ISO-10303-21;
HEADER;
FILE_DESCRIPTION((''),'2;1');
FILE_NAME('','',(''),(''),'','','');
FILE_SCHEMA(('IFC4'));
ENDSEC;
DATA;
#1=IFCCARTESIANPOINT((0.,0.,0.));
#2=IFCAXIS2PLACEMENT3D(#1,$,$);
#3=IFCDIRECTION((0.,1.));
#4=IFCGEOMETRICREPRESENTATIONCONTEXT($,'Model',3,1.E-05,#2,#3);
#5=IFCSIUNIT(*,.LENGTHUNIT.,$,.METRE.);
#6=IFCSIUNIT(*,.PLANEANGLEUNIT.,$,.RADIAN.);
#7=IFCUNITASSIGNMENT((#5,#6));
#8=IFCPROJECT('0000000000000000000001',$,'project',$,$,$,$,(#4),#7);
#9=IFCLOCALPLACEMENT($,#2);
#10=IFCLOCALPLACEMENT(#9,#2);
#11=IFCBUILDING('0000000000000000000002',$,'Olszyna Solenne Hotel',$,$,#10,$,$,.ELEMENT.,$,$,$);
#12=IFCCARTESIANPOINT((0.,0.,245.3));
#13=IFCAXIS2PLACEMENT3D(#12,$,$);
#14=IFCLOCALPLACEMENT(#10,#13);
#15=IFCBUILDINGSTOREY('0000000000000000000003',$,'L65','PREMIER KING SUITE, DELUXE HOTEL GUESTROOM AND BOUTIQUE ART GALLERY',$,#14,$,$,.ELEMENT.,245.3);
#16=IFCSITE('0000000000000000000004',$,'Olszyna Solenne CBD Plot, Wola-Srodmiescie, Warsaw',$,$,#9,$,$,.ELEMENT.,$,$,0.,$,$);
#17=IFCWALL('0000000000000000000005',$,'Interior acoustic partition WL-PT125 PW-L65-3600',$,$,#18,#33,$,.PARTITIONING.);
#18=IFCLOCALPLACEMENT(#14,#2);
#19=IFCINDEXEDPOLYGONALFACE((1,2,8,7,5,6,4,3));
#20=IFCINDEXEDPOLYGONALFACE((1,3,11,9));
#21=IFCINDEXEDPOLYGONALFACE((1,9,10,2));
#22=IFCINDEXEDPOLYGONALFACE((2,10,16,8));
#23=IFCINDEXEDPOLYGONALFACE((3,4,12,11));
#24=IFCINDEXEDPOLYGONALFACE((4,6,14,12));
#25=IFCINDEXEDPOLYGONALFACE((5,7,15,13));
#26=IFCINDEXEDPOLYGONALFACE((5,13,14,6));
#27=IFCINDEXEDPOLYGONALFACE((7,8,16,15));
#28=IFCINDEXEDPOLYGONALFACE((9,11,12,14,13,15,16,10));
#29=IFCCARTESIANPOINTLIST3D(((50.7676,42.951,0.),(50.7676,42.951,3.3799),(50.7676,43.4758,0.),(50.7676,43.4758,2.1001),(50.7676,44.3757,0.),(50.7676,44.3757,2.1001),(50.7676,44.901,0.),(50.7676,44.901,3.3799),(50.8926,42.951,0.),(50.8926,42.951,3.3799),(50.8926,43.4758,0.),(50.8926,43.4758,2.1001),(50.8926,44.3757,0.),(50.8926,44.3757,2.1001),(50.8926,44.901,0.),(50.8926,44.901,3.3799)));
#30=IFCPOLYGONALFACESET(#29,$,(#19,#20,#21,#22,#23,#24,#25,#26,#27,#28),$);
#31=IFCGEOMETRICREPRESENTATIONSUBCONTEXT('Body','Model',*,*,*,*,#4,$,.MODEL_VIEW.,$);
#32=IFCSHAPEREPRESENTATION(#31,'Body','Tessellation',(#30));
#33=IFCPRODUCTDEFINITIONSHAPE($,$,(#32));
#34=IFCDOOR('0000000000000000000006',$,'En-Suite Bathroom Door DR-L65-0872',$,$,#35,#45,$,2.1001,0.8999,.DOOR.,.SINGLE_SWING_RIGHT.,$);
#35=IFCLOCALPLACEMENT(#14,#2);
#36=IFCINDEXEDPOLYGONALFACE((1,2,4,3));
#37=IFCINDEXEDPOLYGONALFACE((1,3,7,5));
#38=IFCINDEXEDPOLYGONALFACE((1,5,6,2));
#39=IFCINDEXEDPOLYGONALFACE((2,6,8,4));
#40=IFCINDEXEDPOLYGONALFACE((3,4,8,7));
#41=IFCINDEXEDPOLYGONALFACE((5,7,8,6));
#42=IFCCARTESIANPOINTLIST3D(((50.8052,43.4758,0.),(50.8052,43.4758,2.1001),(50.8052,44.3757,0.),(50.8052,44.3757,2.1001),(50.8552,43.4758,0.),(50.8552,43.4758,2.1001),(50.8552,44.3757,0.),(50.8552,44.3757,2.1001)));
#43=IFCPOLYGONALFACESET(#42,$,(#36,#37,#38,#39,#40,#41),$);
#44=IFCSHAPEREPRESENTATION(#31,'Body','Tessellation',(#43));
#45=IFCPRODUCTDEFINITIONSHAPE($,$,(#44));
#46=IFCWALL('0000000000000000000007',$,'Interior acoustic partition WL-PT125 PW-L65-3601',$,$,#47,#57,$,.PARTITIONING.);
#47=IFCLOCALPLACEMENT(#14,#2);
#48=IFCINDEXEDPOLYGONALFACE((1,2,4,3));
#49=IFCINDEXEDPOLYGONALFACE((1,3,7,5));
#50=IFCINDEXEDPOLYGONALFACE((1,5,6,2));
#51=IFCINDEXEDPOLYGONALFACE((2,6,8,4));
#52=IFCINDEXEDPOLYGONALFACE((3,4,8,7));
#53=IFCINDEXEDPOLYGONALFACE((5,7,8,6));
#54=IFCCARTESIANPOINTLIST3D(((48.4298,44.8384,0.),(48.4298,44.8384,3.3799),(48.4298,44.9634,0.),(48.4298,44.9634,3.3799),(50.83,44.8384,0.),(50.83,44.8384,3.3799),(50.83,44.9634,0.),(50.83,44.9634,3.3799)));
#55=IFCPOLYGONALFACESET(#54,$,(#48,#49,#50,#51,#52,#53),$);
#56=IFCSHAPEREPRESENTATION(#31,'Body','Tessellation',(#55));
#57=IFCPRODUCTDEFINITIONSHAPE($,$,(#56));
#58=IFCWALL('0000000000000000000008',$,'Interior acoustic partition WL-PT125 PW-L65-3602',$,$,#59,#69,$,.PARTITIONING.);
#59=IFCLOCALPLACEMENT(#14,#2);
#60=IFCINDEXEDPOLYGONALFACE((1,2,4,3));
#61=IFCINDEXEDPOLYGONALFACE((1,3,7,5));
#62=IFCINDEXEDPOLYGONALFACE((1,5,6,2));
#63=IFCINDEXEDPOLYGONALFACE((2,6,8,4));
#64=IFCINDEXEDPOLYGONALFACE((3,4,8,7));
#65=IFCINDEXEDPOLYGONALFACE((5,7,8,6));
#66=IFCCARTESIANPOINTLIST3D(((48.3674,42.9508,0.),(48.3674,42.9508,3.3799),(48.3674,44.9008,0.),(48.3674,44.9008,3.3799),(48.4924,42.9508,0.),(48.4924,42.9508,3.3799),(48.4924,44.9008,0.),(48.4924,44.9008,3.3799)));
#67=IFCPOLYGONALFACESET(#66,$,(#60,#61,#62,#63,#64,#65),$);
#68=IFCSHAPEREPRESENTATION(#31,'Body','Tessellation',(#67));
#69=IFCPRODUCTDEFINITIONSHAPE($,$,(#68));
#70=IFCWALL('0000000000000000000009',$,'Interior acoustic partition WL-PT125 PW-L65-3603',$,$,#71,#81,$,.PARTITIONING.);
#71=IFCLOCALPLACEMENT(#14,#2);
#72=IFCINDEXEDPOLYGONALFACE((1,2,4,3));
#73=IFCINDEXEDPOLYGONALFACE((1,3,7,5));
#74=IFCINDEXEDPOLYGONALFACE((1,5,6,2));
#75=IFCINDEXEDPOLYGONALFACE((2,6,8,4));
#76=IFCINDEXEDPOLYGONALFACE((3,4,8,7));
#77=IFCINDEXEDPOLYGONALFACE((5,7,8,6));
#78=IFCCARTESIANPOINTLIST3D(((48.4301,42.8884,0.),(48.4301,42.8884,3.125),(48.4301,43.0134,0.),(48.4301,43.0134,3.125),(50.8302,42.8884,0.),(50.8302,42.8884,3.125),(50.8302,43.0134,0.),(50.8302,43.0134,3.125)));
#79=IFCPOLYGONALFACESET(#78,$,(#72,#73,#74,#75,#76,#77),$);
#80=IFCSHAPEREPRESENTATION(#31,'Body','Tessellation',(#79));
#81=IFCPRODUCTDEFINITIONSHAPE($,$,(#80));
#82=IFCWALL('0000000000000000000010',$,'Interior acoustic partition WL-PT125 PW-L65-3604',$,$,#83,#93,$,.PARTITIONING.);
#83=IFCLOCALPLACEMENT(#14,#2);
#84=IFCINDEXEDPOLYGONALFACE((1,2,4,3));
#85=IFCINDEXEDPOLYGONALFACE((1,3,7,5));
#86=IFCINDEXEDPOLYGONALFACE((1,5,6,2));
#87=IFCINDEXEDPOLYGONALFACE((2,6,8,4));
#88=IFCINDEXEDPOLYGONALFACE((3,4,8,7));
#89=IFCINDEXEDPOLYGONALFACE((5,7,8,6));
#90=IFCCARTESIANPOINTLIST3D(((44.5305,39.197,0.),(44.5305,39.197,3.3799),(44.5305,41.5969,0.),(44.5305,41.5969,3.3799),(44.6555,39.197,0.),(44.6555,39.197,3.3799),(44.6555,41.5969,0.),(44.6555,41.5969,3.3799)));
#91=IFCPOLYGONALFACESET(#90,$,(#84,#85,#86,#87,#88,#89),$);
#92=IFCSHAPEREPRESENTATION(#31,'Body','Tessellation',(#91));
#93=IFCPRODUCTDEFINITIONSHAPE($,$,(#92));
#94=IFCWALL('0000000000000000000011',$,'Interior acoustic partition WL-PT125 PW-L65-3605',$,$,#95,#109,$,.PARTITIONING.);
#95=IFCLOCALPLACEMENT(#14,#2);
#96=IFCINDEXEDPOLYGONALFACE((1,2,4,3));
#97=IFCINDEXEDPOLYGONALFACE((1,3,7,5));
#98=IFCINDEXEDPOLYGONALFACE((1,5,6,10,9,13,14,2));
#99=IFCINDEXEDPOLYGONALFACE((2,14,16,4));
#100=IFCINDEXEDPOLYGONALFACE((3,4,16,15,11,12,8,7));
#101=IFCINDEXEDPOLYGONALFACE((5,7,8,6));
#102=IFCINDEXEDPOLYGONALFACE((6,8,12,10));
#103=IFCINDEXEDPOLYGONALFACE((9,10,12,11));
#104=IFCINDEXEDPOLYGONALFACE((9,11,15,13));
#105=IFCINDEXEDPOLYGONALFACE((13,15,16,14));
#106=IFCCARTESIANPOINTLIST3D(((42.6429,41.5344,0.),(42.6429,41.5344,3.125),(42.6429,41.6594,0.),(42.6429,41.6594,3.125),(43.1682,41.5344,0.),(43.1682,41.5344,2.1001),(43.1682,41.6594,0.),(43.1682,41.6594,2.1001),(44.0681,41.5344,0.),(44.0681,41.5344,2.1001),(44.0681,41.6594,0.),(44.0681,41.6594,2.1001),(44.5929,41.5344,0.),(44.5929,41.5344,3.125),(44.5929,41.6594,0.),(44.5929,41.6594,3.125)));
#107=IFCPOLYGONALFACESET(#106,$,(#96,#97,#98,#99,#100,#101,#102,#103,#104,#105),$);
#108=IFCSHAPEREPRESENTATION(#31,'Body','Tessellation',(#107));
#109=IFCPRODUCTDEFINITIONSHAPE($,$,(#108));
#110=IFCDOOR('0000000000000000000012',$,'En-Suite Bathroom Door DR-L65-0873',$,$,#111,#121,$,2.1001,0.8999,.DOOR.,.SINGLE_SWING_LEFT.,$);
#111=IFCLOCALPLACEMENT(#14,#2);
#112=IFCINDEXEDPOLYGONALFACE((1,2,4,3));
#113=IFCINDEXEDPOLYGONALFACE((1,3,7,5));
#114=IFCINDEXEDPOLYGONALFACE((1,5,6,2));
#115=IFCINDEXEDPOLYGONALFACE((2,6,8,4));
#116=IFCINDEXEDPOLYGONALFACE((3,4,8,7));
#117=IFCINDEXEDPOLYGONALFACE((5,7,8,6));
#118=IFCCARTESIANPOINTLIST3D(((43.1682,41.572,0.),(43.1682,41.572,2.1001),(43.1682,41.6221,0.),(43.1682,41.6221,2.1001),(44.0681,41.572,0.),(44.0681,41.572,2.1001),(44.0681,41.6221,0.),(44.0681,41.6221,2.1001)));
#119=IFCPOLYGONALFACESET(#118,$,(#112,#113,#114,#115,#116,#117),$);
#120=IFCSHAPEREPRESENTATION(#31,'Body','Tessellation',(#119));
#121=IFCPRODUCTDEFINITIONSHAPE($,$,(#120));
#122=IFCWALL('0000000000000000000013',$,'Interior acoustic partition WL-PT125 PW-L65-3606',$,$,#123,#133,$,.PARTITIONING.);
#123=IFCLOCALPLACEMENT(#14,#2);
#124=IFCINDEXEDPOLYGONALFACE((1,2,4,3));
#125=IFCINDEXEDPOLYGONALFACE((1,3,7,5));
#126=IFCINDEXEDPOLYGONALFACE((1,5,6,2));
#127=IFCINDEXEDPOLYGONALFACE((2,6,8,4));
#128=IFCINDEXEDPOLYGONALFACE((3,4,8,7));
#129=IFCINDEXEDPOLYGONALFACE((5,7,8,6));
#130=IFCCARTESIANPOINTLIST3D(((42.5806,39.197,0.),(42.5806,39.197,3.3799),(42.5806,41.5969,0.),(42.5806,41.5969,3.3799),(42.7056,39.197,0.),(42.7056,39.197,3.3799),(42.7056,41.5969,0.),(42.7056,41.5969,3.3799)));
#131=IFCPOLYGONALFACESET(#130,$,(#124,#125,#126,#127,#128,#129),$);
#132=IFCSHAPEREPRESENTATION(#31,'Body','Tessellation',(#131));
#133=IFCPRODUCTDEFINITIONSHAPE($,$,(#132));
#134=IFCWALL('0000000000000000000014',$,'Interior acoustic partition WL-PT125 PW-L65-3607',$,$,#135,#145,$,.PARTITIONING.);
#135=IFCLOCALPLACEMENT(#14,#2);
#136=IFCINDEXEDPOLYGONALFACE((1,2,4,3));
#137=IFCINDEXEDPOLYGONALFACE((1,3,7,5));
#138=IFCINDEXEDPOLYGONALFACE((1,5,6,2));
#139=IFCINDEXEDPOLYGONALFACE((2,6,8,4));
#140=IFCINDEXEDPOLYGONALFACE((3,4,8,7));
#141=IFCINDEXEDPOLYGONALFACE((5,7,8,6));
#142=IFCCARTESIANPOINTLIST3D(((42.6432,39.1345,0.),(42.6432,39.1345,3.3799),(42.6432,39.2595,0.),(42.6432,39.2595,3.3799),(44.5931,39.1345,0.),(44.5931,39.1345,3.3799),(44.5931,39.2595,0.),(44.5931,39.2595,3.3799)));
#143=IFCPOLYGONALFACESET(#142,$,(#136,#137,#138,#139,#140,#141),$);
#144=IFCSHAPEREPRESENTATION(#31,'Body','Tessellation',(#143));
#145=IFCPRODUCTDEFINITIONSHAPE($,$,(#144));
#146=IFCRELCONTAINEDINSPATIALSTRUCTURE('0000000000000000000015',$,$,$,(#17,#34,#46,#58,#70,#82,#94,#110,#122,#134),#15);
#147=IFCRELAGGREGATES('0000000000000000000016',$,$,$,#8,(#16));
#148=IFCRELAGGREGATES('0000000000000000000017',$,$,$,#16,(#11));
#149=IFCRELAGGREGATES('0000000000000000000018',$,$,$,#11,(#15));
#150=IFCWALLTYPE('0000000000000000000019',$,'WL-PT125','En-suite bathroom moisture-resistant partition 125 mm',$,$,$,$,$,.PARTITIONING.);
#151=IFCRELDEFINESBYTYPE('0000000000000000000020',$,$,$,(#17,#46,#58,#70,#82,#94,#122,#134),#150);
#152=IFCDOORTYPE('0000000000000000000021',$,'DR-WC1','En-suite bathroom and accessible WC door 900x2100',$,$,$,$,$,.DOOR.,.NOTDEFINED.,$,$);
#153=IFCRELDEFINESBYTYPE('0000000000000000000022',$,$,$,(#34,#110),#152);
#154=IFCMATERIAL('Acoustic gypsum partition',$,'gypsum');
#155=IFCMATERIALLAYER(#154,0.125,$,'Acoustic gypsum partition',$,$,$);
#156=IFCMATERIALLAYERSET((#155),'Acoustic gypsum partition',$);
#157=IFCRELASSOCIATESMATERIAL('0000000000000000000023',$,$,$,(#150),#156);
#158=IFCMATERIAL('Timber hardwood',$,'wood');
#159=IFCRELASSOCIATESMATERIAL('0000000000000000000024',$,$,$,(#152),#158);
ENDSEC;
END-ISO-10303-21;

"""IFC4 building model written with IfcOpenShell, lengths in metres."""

from ifc_helpers import new_model, si_unit, direction, frame, frame_2d, origin, place, context, subcontext, project, spatial, rectangle, extrude, source, transform, mapped, material, layer, layer_set, type_object, type_shapes, element, fill, save


model = new_model("IFC4")

# Units and contexts
model_context = context("Model", 3, precision=1e-05, world=origin(), true_north=direction((0.0, 1.0)))
body_context = subcontext(model_context, "Body", "Model", "MODEL_VIEW")
ifc_project = project(units=[si_unit("LENGTHUNIT", "METRE"), si_unit("PLANEANGLEUNIT", "RADIAN")], contexts=[model_context])

# Site, building, storey
site_placement = place(None, origin())
site = spatial("IfcSite", under=ifc_project, at=site_placement, Name="Olszyna Solenne CBD Plot, Wola-Srodmiescie, Warsaw", CompositionType="ELEMENT", RefElevation=0.0)
building_placement = place(site_placement, origin())
building = spatial("IfcBuilding", under=site, at=building_placement, Name="Olszyna Solenne Hotel", CompositionType="ELEMENT")
storey_placement = place(building_placement, frame((0.0, 0.0, 245.3)))
storey = spatial("IfcBuildingStorey", under=building, at=storey_placement, Name="L65", Description="PREMIER KING SUITE, DELUXE HOTEL GUESTROOM AND BOUTIQUE ART GALLERY", CompositionType="ELEMENT", Elevation=245.3)

# Wall, opening, door
ifc_material_1 = material(Name="Acoustic gypsum partition", Category="gypsum")
ifc_layer_1 = layer(ifc_material_1, 0.125, Name="Acoustic gypsum partition")
ifc_layer_set_1 = layer_set([ifc_layer_1], Name="Acoustic gypsum partition")
wall_type_1 = type_object("IfcWallType", Name="WL-PT125", Description="En-suite bathroom moisture-resistant partition 125 mm", PredefinedType="PARTITIONING", material=ifc_layer_set_1)
wall_1_placement = place(storey_placement, frame((50.8301, 42.9509, 0.0), z_axis=(0.0, 0.0, 1.0), x_axis=(0.0, 1.0, 0.0)))
wall_1 = element("IfcWall", 1, at=wall_1_placement, inside=storey, type_object=wall_type_1, Name="Interior acoustic partition WL-PT125 PW-L65-3600", PredefinedType="PARTITIONING", context=body_context, shape_type="SweptSolid", body=[
    extrude(rectangle(XDim=1.95, YDim=0.125, at=frame_2d((0.9751, 0.0))), origin(), (0.0, 0.0, 1.0), 3.3799),
])
opening_1_placement = place(wall_1_placement, frame((0.5249, 0.0, 0.0)))
opening_1 = element("IfcOpeningElement", 2, at=opening_1_placement, cuts=wall_1, PredefinedType="OPENING", context=body_context, shape_type="SweptSolid", body=[
    extrude(rectangle(XDim=0.8999, YDim=2.1001, at=frame_2d((0.45, 1.05))), frame((0.0, 0.0725, 0.0), z_axis=(0.0, -1.0, 0.0), x_axis=(1.0, 0.0, 0.0)), (0.0, 0.0, 1.0), 0.145),
])
ifc_material_2 = material(Name="Timber hardwood", Category="wood")
door_type = type_object("IfcDoorType", Name="DR-WC1", Description="En-suite bathroom and accessible WC door 900x2100", OperationType="NOTDEFINED", PredefinedType="DOOR", material=ifc_material_2)
shared_shape_1 = source(origin(), body_context, "Body", "SweptSolid", [
    extrude(rectangle(XDim=0.8999, YDim=2.1001, at=frame_2d((0.45, 1.05))), frame((0.0, 0.0249, 0.0), z_axis=(0.0, -1.0, 0.0), x_axis=(1.0, 0.0, 0.0)), (0.0, 0.0, 1.0), 0.05),
])
type_shapes(door_type, [shared_shape_1])
door_1_placement = place(opening_1_placement, origin())
door_1 = element("IfcDoor", 3, at=door_1_placement, inside=storey, type_object=door_type, Name="En-Suite Bathroom Door DR-L65-0872", OperationType="SINGLE_SWING_RIGHT", OverallHeight=2.1001, OverallWidth=0.8999, PredefinedType="DOOR", context=body_context, shape_type="MappedRepresentation", body=[
    mapped(shared_shape_1, transform((0.0, 0.0, 0.0), x_axis=(1.0, 0.0, 0.0), y_axis=(0.0, 1.0, 0.0), z_axis=(0.0, 0.0, 1.0), scale=1.0)),
])
fill(opening_1, door_1)

# Walls
wall_2_placement = place(storey_placement, frame((50.8301, 44.9009, 0.0), z_axis=(0.0, 0.0, 1.0), x_axis=(-1.0, 0.0, 0.0)))
element("IfcWall", 4, at=wall_2_placement, inside=storey, type_object=wall_type_1, Name="Interior acoustic partition WL-PT125 PW-L65-3601", PredefinedType="PARTITIONING", context=body_context, shape_type="SweptSolid", body=[
    extrude(rectangle(XDim=2.4001, YDim=0.125, at=frame_2d((1.2002, 0.0))), origin(), (0.0, 0.0, 1.0), 3.3799),
])
wall_3_placement = place(storey_placement, frame((48.4299, 44.9009, 0.0), z_axis=(0.0, 0.0, 1.0), x_axis=(0.0, -1.0, 0.0)))
element("IfcWall", 5, at=wall_3_placement, inside=storey, type_object=wall_type_1, Name="Interior acoustic partition WL-PT125 PW-L65-3602", PredefinedType="PARTITIONING", context=body_context, shape_type="SweptSolid", body=[
    extrude(rectangle(XDim=1.95, YDim=0.125, at=frame_2d((0.9751, 0.0))), origin(), (0.0, 0.0, 1.0), 3.3799),
])
wall_4_placement = place(storey_placement, frame((48.4299, 42.9509, 0.0), z_axis=(0.0, 0.0, 1.0), x_axis=(1.0, 0.0, 0.0)))
element("IfcWall", 6, at=wall_4_placement, inside=storey, type_object=wall_type_1, Name="Interior acoustic partition WL-PT125 PW-L65-3603", PredefinedType="PARTITIONING", context=body_context, shape_type="SweptSolid", body=[
    extrude(rectangle(XDim=2.4001, YDim=0.125, at=frame_2d((1.2002, 0.0))), origin(), (0.0, 0.0, 1.0), 3.125),
])
wall_5_placement = place(storey_placement, frame((44.593, 39.197, 0.0), z_axis=(0.0, 0.0, 1.0), x_axis=(0.0, 1.0, 0.0)))
element("IfcWall", 7, at=wall_5_placement, inside=storey, type_object=wall_type_1, Name="Interior acoustic partition WL-PT125 PW-L65-3604", PredefinedType="PARTITIONING", context=body_context, shape_type="SweptSolid", body=[
    extrude(rectangle(XDim=2.3999, YDim=0.125, at=frame_2d((1.2, 0.0))), origin(), (0.0, 0.0, 1.0), 3.3799),
])

# Wall, opening, door
wall_6_placement = place(storey_placement, frame((44.593, 41.5969, 0.0), z_axis=(0.0, 0.0, 1.0), x_axis=(-1.0, 0.0, 0.0)))
wall_6 = element("IfcWall", 8, at=wall_6_placement, inside=storey, type_object=wall_type_1, Name="Interior acoustic partition WL-PT125 PW-L65-3605", PredefinedType="PARTITIONING", context=body_context, shape_type="SweptSolid", body=[
    extrude(rectangle(XDim=1.95, YDim=0.125, at=frame_2d((0.9751, 0.0))), origin(), (0.0, 0.0, 1.0), 3.125),
])
opening_2_placement = place(wall_6_placement, frame((0.5249, 0.0, 0.0)))
opening_2 = element("IfcOpeningElement", 9, at=opening_2_placement, cuts=wall_6, PredefinedType="OPENING", context=body_context, shape_type="SweptSolid", body=[
    extrude(rectangle(XDim=0.8999, YDim=2.1001, at=frame_2d((0.45, 1.05))), frame((0.0, 0.0725, 0.0), z_axis=(0.0, -1.0, 0.0), x_axis=(1.0, 0.0, 0.0)), (0.0, 0.0, 1.0), 0.145),
])
door_2_placement = place(opening_2_placement, origin())
door_2 = element("IfcDoor", 10, at=door_2_placement, inside=storey, type_object=door_type, Name="En-Suite Bathroom Door DR-L65-0873", OperationType="SINGLE_SWING_LEFT", OverallHeight=2.1001, OverallWidth=0.8999, PredefinedType="DOOR", context=body_context, shape_type="MappedRepresentation", body=[
    mapped(shared_shape_1, transform((0.0, 0.0, 0.0), x_axis=(1.0, 0.0, 0.0), y_axis=(0.0, 1.0, 0.0), z_axis=(0.0, 0.0, 1.0), scale=1.0)),
])
fill(opening_2, door_2)

# Walls
wall_7_placement = place(storey_placement, frame((42.6431, 41.5969, 0.0), z_axis=(0.0, 0.0, 1.0), x_axis=(0.0, -1.0, 0.0)))
element("IfcWall", 11, at=wall_7_placement, inside=storey, type_object=wall_type_1, Name="Interior acoustic partition WL-PT125 PW-L65-3606", PredefinedType="PARTITIONING", context=body_context, shape_type="SweptSolid", body=[
    extrude(rectangle(XDim=2.3999, YDim=0.125, at=frame_2d((1.2, 0.0))), origin(), (0.0, 0.0, 1.0), 3.3799),
])
wall_8_placement = place(storey_placement, frame((42.6431, 39.197, 0.0), z_axis=(0.0, 0.0, 1.0), x_axis=(1.0, 0.0, 0.0)))
element("IfcWall", 12, at=wall_8_placement, inside=storey, type_object=wall_type_1, Name="Interior acoustic partition WL-PT125 PW-L65-3607", PredefinedType="PARTITIONING", context=body_context, shape_type="SweptSolid", body=[
    extrude(rectangle(XDim=1.95, YDim=0.125, at=frame_2d((0.9751, 0.0))), origin(), (0.0, 0.0, 1.0), 3.3799),
])

save(model, "model.ifc")
